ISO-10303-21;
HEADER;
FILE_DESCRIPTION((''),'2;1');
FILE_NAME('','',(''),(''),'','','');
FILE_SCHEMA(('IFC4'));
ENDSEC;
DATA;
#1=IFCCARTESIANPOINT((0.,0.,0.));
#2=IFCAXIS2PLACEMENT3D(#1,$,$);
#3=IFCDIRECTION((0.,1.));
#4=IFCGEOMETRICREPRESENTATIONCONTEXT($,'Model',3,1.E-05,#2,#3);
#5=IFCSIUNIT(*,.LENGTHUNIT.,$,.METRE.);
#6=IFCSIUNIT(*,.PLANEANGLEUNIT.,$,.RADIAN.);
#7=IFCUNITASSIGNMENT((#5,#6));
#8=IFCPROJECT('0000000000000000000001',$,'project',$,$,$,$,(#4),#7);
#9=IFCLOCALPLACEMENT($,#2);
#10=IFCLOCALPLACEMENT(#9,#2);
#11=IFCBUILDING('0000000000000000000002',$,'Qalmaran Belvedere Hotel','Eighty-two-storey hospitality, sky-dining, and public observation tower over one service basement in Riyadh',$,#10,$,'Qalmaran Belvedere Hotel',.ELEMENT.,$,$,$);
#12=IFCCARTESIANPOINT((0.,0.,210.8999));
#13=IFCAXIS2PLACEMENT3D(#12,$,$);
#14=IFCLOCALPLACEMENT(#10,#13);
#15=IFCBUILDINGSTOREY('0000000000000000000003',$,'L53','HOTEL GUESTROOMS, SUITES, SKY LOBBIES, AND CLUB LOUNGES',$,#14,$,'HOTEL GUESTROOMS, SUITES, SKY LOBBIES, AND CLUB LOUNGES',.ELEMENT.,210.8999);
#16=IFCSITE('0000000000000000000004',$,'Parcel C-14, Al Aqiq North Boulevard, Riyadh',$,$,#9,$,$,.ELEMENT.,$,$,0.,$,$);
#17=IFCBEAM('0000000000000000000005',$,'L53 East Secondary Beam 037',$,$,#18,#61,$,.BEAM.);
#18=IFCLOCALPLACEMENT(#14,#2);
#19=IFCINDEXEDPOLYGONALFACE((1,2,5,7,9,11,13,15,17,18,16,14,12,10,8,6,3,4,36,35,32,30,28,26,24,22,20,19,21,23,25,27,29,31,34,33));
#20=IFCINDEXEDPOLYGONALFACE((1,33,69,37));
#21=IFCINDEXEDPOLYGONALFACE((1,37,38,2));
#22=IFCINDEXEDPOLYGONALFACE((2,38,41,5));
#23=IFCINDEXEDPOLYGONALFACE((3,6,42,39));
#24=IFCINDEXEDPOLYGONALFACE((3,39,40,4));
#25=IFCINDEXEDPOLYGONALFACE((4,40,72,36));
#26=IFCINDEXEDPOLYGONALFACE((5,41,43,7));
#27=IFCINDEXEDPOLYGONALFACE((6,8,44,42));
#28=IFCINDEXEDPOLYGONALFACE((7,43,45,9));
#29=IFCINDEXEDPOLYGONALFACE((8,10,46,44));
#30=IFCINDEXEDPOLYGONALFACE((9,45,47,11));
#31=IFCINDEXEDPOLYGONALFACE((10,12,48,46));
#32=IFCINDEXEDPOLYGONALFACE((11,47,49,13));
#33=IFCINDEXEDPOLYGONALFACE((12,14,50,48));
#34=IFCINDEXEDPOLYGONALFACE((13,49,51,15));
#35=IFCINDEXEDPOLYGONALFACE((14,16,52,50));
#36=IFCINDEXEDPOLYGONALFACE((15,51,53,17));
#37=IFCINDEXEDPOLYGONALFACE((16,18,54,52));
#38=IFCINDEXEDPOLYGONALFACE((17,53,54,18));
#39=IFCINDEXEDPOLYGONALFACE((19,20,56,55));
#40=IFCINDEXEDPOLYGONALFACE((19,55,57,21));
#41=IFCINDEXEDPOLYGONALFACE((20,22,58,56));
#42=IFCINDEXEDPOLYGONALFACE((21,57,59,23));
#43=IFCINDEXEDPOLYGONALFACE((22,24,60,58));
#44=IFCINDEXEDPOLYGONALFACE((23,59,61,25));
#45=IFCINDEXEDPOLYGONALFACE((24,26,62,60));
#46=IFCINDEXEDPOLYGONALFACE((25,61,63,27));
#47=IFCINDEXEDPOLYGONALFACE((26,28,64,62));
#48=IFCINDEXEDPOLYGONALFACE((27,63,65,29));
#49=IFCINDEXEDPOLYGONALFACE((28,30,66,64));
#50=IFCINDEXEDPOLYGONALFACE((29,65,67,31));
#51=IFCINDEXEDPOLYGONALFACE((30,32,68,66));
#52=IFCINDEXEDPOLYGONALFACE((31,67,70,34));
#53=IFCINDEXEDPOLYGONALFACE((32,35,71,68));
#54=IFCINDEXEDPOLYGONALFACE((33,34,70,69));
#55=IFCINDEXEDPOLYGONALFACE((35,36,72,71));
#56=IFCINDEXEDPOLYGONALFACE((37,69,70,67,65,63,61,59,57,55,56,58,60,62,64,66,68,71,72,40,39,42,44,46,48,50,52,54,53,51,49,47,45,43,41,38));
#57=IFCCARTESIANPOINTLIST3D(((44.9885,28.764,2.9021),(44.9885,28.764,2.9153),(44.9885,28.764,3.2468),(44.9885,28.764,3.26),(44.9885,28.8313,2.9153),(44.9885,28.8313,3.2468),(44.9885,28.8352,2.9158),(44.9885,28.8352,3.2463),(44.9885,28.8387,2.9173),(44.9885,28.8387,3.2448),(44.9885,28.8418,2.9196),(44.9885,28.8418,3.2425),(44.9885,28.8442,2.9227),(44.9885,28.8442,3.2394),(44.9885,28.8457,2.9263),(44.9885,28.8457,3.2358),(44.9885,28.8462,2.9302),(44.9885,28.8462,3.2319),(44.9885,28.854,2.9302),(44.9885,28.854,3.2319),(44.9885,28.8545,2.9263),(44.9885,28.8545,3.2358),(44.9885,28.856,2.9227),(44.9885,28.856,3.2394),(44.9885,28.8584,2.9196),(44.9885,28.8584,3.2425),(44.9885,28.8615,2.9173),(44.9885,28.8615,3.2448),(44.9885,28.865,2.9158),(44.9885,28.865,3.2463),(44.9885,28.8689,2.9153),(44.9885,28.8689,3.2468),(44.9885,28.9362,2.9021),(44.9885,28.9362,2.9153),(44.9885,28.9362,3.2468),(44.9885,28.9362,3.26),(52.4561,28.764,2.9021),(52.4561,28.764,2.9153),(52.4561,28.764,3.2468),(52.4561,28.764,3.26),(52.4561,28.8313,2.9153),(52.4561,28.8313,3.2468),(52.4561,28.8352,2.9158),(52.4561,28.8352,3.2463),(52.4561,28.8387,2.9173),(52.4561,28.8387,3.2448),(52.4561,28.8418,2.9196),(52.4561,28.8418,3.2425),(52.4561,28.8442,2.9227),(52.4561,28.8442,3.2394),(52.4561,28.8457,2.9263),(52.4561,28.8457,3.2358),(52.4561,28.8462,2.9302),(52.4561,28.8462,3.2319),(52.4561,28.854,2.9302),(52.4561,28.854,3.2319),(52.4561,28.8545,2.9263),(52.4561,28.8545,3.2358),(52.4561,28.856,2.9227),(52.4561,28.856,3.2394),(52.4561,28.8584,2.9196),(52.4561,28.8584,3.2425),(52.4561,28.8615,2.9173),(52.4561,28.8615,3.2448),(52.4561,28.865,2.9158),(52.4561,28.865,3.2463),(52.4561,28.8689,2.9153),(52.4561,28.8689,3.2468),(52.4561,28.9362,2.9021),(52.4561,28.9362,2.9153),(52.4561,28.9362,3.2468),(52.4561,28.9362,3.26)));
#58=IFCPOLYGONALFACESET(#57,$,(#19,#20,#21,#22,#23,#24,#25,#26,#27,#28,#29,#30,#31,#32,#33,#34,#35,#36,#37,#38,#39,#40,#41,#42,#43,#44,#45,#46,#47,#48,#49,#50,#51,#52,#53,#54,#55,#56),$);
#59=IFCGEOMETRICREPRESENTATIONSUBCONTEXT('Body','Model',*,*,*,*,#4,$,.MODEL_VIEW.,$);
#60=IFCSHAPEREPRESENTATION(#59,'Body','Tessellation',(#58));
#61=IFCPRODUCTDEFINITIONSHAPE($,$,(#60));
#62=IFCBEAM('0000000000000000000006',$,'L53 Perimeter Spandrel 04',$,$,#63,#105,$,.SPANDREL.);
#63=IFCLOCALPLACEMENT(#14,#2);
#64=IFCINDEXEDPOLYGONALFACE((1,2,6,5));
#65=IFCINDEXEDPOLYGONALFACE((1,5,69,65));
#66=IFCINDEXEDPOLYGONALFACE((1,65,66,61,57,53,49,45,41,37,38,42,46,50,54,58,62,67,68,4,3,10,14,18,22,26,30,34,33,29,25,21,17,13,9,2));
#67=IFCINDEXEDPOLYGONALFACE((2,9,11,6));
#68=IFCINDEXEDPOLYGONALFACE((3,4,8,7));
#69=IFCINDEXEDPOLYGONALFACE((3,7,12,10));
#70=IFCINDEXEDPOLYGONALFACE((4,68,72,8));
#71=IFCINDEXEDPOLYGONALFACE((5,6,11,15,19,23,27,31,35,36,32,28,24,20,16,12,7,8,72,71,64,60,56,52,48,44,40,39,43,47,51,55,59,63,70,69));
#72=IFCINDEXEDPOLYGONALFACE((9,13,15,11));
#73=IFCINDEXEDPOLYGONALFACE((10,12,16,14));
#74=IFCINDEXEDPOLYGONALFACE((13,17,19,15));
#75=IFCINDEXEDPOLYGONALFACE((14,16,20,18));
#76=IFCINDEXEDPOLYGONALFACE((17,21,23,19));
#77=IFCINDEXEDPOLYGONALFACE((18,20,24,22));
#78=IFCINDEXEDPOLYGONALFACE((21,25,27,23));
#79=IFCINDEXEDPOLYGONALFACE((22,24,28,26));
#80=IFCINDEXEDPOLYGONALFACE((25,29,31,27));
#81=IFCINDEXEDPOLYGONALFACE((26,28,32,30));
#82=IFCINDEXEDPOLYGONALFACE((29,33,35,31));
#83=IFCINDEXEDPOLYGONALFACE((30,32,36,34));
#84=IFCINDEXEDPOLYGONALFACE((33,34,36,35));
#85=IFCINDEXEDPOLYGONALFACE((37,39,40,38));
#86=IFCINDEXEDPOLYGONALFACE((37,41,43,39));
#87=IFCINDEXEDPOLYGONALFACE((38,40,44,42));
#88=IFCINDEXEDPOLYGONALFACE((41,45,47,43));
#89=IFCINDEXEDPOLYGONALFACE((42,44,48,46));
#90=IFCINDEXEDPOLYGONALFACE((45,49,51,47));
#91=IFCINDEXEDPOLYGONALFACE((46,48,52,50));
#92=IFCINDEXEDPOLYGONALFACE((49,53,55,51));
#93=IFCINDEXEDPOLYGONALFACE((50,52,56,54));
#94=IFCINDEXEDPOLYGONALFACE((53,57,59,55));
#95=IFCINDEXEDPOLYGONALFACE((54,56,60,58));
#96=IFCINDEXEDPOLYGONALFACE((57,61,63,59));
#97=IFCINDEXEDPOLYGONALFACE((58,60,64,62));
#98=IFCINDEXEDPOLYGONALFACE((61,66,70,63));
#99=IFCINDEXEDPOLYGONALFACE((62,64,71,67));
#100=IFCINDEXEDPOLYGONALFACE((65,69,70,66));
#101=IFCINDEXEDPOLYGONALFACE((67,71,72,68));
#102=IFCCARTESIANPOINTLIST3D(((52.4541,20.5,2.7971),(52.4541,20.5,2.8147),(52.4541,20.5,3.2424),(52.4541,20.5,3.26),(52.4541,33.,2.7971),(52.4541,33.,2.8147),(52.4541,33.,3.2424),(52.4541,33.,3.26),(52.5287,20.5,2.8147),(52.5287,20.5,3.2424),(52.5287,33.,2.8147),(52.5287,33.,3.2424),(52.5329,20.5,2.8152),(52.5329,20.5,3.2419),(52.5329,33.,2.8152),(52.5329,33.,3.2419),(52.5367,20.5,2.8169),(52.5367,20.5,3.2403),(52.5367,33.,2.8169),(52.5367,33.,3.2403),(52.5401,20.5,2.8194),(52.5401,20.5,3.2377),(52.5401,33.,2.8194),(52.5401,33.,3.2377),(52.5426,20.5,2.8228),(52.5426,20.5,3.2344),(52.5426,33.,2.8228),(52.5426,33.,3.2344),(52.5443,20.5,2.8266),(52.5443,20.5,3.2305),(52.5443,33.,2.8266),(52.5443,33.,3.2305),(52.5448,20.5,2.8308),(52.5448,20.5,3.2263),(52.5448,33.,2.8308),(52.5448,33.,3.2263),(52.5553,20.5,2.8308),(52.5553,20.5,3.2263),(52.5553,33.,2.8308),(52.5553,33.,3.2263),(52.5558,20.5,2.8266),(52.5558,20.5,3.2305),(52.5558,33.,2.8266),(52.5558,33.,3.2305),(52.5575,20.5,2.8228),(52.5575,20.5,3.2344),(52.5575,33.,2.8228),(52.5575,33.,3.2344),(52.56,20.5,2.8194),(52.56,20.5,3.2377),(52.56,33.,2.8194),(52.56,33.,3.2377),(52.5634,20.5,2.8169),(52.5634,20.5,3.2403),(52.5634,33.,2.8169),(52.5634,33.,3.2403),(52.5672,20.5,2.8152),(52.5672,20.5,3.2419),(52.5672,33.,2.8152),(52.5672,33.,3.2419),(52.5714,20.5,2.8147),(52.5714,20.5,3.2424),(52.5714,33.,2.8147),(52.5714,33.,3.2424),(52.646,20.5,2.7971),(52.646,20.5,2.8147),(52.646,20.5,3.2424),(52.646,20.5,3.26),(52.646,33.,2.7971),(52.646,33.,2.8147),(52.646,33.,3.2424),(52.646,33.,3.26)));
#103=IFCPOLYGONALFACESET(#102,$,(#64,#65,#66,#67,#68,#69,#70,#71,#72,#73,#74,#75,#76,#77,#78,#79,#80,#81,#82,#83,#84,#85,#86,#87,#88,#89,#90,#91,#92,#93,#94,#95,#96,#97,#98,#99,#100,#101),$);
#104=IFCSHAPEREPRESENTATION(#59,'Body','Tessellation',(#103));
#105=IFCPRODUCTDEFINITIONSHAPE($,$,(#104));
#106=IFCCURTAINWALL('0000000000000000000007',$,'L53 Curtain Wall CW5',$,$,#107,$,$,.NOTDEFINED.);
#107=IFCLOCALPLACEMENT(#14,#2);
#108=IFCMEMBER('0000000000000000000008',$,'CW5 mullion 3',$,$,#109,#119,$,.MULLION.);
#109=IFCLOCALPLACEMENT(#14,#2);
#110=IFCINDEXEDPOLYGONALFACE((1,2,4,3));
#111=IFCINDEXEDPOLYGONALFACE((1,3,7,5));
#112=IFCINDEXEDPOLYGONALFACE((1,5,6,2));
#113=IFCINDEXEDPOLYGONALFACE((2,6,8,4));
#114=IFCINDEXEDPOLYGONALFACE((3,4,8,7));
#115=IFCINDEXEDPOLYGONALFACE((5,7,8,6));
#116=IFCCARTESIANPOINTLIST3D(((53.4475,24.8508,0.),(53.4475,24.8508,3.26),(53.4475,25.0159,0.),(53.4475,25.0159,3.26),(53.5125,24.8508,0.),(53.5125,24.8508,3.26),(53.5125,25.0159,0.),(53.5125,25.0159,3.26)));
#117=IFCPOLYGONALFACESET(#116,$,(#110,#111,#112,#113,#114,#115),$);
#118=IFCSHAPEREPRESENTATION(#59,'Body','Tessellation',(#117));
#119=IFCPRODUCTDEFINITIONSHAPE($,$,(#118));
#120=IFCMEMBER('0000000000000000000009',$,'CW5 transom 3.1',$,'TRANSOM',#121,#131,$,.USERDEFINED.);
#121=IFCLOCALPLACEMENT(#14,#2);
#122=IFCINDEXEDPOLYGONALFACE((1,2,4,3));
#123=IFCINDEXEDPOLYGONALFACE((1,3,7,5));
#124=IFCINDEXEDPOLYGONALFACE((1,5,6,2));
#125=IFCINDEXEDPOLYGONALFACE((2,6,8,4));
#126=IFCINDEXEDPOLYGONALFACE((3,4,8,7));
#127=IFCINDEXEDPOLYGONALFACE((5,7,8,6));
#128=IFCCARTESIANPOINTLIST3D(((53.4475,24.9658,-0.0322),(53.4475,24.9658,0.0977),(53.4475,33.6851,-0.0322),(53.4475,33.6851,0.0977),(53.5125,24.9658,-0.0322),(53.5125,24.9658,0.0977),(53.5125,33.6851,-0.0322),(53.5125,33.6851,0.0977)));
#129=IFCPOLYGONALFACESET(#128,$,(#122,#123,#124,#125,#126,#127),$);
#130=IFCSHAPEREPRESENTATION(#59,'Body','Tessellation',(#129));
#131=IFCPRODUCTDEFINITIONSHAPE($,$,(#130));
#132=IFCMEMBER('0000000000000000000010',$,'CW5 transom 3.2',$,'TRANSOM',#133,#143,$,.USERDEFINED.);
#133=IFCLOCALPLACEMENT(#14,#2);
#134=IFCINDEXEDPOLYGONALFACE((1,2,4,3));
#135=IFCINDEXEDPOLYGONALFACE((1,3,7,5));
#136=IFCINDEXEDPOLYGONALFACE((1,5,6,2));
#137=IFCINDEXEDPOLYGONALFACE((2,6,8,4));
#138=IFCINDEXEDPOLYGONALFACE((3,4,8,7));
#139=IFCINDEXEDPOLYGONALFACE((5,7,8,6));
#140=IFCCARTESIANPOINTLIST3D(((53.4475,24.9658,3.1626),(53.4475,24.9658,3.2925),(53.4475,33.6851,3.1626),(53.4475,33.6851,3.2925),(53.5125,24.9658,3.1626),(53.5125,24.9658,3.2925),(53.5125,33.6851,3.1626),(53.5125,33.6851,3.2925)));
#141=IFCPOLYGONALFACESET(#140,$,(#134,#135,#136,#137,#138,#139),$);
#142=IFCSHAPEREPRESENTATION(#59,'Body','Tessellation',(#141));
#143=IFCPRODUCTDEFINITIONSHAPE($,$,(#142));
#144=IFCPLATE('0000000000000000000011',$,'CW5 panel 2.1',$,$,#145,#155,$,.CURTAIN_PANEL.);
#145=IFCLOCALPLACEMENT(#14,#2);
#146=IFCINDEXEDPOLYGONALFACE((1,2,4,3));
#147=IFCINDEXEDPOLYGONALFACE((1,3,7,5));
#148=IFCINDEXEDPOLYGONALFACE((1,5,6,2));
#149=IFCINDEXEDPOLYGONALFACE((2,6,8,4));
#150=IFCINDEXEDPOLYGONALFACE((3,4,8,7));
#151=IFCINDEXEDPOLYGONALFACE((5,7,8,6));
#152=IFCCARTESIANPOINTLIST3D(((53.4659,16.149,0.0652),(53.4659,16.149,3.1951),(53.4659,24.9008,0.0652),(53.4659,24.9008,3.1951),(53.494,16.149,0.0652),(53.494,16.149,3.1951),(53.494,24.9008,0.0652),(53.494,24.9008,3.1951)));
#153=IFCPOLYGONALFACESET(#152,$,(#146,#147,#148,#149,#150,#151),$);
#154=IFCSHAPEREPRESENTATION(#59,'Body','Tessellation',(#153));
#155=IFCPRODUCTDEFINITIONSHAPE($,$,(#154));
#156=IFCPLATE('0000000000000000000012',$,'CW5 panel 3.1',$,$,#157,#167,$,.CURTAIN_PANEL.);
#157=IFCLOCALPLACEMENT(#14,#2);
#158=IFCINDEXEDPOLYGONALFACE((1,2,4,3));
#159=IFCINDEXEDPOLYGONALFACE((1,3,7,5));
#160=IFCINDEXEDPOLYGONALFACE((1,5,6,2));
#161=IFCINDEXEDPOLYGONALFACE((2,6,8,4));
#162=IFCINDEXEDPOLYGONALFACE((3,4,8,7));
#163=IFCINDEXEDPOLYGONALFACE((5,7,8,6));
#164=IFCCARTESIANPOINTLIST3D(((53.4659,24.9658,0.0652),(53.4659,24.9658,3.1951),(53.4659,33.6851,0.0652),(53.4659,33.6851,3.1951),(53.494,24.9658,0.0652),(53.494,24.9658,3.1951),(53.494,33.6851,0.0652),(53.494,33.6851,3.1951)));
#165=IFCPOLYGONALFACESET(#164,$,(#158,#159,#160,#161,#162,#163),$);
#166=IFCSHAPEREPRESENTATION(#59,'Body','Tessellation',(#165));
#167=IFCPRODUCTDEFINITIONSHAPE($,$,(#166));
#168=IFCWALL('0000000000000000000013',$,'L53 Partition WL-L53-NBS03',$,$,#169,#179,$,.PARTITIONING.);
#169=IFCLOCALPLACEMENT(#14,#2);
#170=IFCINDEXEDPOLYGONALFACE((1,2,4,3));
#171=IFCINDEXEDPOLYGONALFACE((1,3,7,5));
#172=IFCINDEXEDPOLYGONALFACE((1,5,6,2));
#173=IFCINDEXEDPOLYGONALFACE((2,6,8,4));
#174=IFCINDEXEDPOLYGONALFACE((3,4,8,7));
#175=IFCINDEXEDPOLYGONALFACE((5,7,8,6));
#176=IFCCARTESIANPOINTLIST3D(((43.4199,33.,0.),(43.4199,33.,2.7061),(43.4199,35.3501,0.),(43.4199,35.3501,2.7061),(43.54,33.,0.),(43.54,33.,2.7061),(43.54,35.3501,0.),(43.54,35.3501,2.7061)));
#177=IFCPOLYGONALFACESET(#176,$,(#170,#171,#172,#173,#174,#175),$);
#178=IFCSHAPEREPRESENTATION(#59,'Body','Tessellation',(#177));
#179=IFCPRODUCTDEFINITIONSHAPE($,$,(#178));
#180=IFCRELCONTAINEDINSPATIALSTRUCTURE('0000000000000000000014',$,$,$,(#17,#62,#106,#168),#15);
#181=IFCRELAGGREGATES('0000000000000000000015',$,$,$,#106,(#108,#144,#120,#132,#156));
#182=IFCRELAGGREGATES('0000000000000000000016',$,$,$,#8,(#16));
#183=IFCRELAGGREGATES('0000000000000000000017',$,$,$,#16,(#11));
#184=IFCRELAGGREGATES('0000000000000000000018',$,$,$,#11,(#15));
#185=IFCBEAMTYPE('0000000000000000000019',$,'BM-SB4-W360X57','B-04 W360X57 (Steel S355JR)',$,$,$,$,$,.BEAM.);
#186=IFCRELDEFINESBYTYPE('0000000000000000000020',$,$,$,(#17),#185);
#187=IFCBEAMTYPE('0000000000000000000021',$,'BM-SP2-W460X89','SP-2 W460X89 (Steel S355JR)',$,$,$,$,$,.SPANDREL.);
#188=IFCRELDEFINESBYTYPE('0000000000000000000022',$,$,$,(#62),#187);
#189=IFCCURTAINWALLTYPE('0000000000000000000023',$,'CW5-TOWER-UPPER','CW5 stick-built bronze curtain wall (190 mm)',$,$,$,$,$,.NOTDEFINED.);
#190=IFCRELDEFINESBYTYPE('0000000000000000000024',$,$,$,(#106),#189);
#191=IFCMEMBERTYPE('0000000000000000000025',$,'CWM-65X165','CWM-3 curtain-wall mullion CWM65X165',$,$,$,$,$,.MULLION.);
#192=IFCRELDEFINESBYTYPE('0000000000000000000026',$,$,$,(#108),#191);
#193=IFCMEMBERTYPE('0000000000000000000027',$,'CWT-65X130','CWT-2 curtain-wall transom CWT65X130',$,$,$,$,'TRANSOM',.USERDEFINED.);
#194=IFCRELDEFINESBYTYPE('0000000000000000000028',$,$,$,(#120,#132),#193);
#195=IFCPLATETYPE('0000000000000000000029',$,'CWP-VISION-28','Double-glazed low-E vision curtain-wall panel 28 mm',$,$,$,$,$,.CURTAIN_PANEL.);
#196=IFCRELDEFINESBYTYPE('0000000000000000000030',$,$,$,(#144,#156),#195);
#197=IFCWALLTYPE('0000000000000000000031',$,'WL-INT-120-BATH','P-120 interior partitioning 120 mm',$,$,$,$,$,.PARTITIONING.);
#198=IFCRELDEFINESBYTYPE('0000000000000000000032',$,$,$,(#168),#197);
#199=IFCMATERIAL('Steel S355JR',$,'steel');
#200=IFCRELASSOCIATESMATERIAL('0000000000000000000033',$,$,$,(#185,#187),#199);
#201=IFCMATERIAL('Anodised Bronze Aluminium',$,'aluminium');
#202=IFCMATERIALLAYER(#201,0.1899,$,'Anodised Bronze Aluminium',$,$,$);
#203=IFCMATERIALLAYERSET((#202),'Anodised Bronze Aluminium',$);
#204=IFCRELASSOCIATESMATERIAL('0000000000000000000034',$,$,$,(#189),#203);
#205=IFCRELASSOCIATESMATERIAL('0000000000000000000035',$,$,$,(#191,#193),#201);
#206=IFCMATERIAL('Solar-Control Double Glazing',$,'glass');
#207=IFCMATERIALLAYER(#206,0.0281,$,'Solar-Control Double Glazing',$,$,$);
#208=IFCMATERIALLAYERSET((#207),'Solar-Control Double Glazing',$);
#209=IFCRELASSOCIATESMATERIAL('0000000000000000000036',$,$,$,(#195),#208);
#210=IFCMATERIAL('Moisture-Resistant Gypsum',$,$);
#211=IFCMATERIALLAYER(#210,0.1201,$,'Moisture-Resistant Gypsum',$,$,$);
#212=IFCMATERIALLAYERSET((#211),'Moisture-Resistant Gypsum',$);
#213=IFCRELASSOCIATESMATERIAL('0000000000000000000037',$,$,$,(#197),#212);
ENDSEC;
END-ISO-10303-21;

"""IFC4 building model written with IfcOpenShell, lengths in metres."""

from ifc_helpers import new_model, si_unit, direction, frame, frame_2d, origin, origin_2d, place, context, subcontext, project, spatial, rectangle, i_section, extrude, material, layer, layer_set, material_profile, profile_set, type_object, element, aggregate, save


model = new_model("IFC4")

# Units and contexts
model_context = context("Model", 3, precision=1e-05, world=origin(), true_north=direction((0.0, 1.0)))
body_context = subcontext(model_context, "Body", "Model", "MODEL_VIEW")
ifc_project = project(units=[si_unit("LENGTHUNIT", "METRE"), si_unit("PLANEANGLEUNIT", "RADIAN")], contexts=[model_context])

# Site, building, storey
site_placement = place(None, origin())
site = spatial("IfcSite", under=ifc_project, at=site_placement, Name="Parcel C-14, Al Aqiq North Boulevard, Riyadh", CompositionType="ELEMENT", RefElevation=0.0)
building_placement = place(site_placement, origin())
building = spatial("IfcBuilding", under=site, at=building_placement, Name="Qalmaran Belvedere Hotel", Description="Eighty-two-storey hospitality, sky-dining, and public observation tower over one service basement in Riyadh", LongName="Qalmaran Belvedere Hotel", CompositionType="ELEMENT")
storey_placement = place(building_placement, frame((0.0, 0.0, 210.8999)))
storey = spatial("IfcBuildingStorey", under=building, at=storey_placement, Name="L53", Description="HOTEL GUESTROOMS, SUITES, SKY LOBBIES, AND CLUB LOUNGES", LongName="HOTEL GUESTROOMS, SUITES, SKY LOBBIES, AND CLUB LOUNGES", CompositionType="ELEMENT", Elevation=210.8999)

# Beams
ifc_material_1 = material(Name="Steel S355JR", Category="steel")
ifc_material_profile_1 = material_profile(ifc_material_1, i_section(OverallWidth=0.1721, OverallDepth=0.3579, WebThickness=0.0078, FlangeThickness=0.0132, FilletRadius=0.0149, at=origin_2d()), Name="W360X57")
ifc_profile_set_1 = profile_set([ifc_material_profile_1], Name="Steel S355JR")
beam_type_1 = type_object("IfcBeamType", Name="BM-SB4-W360X57", Description="B-04 W360X57 (Steel S355JR)", PredefinedType="BEAM", material=ifc_profile_set_1)
for number, where, z_axis, x_axis, name in (
    (1, (44.9885, 28.8501, 3.0811), (1.0, 0.0, 0.0), (0.0, 1.0, 0.0), "L53 East Secondary Beam 037"),
):
    element("IfcBeam", number, at=place(storey_placement, frame(where, z_axis=z_axis, x_axis=x_axis)), inside=storey, type_object=beam_type_1, Name=name, PredefinedType="BEAM", context=body_context, shape_type="SweptSolid", body=[
        extrude(i_section(OverallWidth=0.1721, OverallDepth=0.3579, WebThickness=0.0078, FlangeThickness=0.0132, FilletRadius=0.0149, at=origin_2d()), origin(), (0.0, 0.0, 1.0), 7.4675),
    ])
ifc_material_profile_2 = material_profile(ifc_material_1, i_section(OverallWidth=0.1919, OverallDepth=0.4629, WebThickness=0.0105, FlangeThickness=0.0176, FilletRadius=0.0161, at=origin_2d()), Name="W460X89")
ifc_profile_set_2 = profile_set([ifc_material_profile_2], Name="Steel S355JR")
beam_type_2 = type_object("IfcBeamType", Name="BM-SP2-W460X89", Description="SP-2 W460X89 (Steel S355JR)", PredefinedType="SPANDREL", material=ifc_profile_set_2)
beam_1_placement = place(storey_placement, frame((52.55, 20.5, 3.0286), z_axis=(0.0, 1.0, 0.0), x_axis=(-1.0, 0.0, 0.0)))
element("IfcBeam", 2, at=beam_1_placement, inside=storey, type_object=beam_type_2, Name="L53 Perimeter Spandrel 04", PredefinedType="SPANDREL", context=body_context, shape_type="SweptSolid", body=[
    extrude(i_section(OverallWidth=0.1919, OverallDepth=0.4629, WebThickness=0.0105, FlangeThickness=0.0176, FilletRadius=0.0161, at=origin_2d()), origin(), (0.0, 0.0, 1.0), 12.5),
])

# Curtain wall, members, plates
ifc_material_2 = material(Name="Anodised Bronze Aluminium", Category="aluminium")
ifc_layer_1 = layer(ifc_material_2, 0.1899, Name="Anodised Bronze Aluminium")
ifc_layer_set_1 = layer_set([ifc_layer_1], Name="Anodised Bronze Aluminium")
curtain_wall_type = type_object("IfcCurtainWallType", Name="CW5-TOWER-UPPER", Description="CW5 stick-built bronze curtain wall (190 mm)", PredefinedType="NOTDEFINED", material=ifc_layer_set_1)
curtain_wall_placement = place(storey_placement, origin())
curtain_wall = element("IfcCurtainWall", 3, at=curtain_wall_placement, inside=storey, type_object=curtain_wall_type, Name="L53 Curtain Wall CW5", PredefinedType="NOTDEFINED")
ifc_material_profile_3 = material_profile(ifc_material_2, rectangle(XDim=0.0649, YDim=0.165, at=origin_2d()), Name="CWM65X165")
ifc_profile_set_3 = profile_set([ifc_material_profile_3], Name="Anodised Bronze Aluminium")
member_type_1 = type_object("IfcMemberType", Name="CWM-65X165", Description="CWM-3 curtain-wall mullion CWM65X165", PredefinedType="MULLION", material=ifc_profile_set_3)
member_1_placement = place(storey_placement, frame((53.48, 24.9333, 0.0), z_axis=(0.0, 0.0, 1.0), x_axis=(-1.0, 0.0, 0.0)))
member_1 = element("IfcMember", 4, at=member_1_placement, type_object=member_type_1, Name="CW5 mullion 3", PredefinedType="MULLION", context=body_context, shape_type="SweptSolid", body=[
    extrude(rectangle(XDim=0.0649, YDim=0.165, at=origin_2d()), origin(), (0.0, 0.0, 1.0), 3.26),
])
ifc_material_profile_4 = material_profile(ifc_material_2, rectangle(XDim=0.0649, YDim=0.1299, at=origin_2d()), Name="CWT65X130")
ifc_profile_set_4 = profile_set([ifc_material_profile_4], Name="Anodised Bronze Aluminium")
member_type_2 = type_object("IfcMemberType", Name="CWT-65X130", Description="CWT-2 curtain-wall transom CWT65X130", ElementType="TRANSOM", PredefinedType="USERDEFINED", material=ifc_profile_set_4)
member_2_placement = place(storey_placement, frame((53.48, 24.9658, 0.0327), z_axis=(0.0, 1.0, 0.0), x_axis=(-1.0, 0.0, 0.0)))
member_2 = element("IfcMember", 5, at=member_2_placement, type_object=member_type_2, Name="CW5 transom 3.1", ObjectType="TRANSOM", PredefinedType="USERDEFINED", context=body_context, shape_type="SweptSolid", body=[
    extrude(rectangle(XDim=0.0649, YDim=0.1299, at=origin_2d()), origin(), (0.0, 0.0, 1.0), 8.7192),
])
member_3_placement = place(storey_placement, frame((53.48, 24.9658, 3.2275), z_axis=(0.0, 1.0, 0.0), x_axis=(-1.0, 0.0, 0.0)))
member_3 = element("IfcMember", 6, at=member_3_placement, type_object=member_type_2, Name="CW5 transom 3.2", ObjectType="TRANSOM", PredefinedType="USERDEFINED", context=body_context, shape_type="SweptSolid", body=[
    extrude(rectangle(XDim=0.0649, YDim=0.1299, at=origin_2d()), origin(), (0.0, 0.0, 1.0), 8.7192),
])
ifc_material_3 = material(Name="Solar-Control Double Glazing", Category="glass")
ifc_layer_2 = layer(ifc_material_3, 0.0281, Name="Solar-Control Double Glazing")
ifc_layer_set_2 = layer_set([ifc_layer_2], Name="Solar-Control Double Glazing")
plate_type = type_object("IfcPlateType", Name="CWP-VISION-28", Description="Double-glazed low-E vision curtain-wall panel 28 mm", PredefinedType="CURTAIN_PANEL", material=ifc_layer_set_2)
plate_1_placement = place(storey_placement, frame((53.48, 20.5249, 0.0652), z_axis=(0.0, 0.0, 1.0), x_axis=(0.0, 1.0, 0.0)))
plate_1 = element("IfcPlate", 7, at=plate_1_placement, type_object=plate_type, Name="CW5 panel 2.1", PredefinedType="CURTAIN_PANEL", context=body_context, shape_type="SweptSolid", body=[
    extrude(rectangle(XDim=8.7517, YDim=0.0281, at=origin_2d()), origin(), (0.0, 0.0, 1.0), 3.1299),
])
plate_2_placement = place(storey_placement, frame((53.48, 29.3254, 0.0652), z_axis=(0.0, 0.0, 1.0), x_axis=(0.0, 1.0, 0.0)))
plate_2 = element("IfcPlate", 8, at=plate_2_placement, type_object=plate_type, Name="CW5 panel 3.1", PredefinedType="CURTAIN_PANEL", context=body_context, shape_type="SweptSolid", body=[
    extrude(rectangle(XDim=8.7192, YDim=0.0281, at=origin_2d()), origin(), (0.0, 0.0, 1.0), 3.1299),
])
aggregate(curtain_wall, [member_1, plate_1, member_2, member_3, plate_2])

# Wall
ifc_material_4 = material(Name="Moisture-Resistant Gypsum")
ifc_layer_3 = layer(ifc_material_4, 0.1201, Name="Moisture-Resistant Gypsum")
ifc_layer_set_3 = layer_set([ifc_layer_3], Name="Moisture-Resistant Gypsum")
wall_type_1 = type_object("IfcWallType", Name="WL-INT-120-BATH", Description="P-120 interior partitioning 120 mm", PredefinedType="PARTITIONING", material=ifc_layer_set_3)
wall_1_placement = place(storey_placement, frame((43.48, 33.0, 0.0), z_axis=(0.0, 0.0, 1.0), x_axis=(0.0, 1.0, 0.0)))
element("IfcWall", 9, at=wall_1_placement, inside=storey, type_object=wall_type_1, Name="L53 Partition WL-L53-NBS03", PredefinedType="PARTITIONING", context=body_context, shape_type="SweptSolid", body=[
    extrude(rectangle(XDim=2.3501, YDim=0.1201, at=frame_2d((1.175, 0.0))), origin(), (0.0, 0.0, 1.0), 2.7061),
])

save(model, "model.ifc")
